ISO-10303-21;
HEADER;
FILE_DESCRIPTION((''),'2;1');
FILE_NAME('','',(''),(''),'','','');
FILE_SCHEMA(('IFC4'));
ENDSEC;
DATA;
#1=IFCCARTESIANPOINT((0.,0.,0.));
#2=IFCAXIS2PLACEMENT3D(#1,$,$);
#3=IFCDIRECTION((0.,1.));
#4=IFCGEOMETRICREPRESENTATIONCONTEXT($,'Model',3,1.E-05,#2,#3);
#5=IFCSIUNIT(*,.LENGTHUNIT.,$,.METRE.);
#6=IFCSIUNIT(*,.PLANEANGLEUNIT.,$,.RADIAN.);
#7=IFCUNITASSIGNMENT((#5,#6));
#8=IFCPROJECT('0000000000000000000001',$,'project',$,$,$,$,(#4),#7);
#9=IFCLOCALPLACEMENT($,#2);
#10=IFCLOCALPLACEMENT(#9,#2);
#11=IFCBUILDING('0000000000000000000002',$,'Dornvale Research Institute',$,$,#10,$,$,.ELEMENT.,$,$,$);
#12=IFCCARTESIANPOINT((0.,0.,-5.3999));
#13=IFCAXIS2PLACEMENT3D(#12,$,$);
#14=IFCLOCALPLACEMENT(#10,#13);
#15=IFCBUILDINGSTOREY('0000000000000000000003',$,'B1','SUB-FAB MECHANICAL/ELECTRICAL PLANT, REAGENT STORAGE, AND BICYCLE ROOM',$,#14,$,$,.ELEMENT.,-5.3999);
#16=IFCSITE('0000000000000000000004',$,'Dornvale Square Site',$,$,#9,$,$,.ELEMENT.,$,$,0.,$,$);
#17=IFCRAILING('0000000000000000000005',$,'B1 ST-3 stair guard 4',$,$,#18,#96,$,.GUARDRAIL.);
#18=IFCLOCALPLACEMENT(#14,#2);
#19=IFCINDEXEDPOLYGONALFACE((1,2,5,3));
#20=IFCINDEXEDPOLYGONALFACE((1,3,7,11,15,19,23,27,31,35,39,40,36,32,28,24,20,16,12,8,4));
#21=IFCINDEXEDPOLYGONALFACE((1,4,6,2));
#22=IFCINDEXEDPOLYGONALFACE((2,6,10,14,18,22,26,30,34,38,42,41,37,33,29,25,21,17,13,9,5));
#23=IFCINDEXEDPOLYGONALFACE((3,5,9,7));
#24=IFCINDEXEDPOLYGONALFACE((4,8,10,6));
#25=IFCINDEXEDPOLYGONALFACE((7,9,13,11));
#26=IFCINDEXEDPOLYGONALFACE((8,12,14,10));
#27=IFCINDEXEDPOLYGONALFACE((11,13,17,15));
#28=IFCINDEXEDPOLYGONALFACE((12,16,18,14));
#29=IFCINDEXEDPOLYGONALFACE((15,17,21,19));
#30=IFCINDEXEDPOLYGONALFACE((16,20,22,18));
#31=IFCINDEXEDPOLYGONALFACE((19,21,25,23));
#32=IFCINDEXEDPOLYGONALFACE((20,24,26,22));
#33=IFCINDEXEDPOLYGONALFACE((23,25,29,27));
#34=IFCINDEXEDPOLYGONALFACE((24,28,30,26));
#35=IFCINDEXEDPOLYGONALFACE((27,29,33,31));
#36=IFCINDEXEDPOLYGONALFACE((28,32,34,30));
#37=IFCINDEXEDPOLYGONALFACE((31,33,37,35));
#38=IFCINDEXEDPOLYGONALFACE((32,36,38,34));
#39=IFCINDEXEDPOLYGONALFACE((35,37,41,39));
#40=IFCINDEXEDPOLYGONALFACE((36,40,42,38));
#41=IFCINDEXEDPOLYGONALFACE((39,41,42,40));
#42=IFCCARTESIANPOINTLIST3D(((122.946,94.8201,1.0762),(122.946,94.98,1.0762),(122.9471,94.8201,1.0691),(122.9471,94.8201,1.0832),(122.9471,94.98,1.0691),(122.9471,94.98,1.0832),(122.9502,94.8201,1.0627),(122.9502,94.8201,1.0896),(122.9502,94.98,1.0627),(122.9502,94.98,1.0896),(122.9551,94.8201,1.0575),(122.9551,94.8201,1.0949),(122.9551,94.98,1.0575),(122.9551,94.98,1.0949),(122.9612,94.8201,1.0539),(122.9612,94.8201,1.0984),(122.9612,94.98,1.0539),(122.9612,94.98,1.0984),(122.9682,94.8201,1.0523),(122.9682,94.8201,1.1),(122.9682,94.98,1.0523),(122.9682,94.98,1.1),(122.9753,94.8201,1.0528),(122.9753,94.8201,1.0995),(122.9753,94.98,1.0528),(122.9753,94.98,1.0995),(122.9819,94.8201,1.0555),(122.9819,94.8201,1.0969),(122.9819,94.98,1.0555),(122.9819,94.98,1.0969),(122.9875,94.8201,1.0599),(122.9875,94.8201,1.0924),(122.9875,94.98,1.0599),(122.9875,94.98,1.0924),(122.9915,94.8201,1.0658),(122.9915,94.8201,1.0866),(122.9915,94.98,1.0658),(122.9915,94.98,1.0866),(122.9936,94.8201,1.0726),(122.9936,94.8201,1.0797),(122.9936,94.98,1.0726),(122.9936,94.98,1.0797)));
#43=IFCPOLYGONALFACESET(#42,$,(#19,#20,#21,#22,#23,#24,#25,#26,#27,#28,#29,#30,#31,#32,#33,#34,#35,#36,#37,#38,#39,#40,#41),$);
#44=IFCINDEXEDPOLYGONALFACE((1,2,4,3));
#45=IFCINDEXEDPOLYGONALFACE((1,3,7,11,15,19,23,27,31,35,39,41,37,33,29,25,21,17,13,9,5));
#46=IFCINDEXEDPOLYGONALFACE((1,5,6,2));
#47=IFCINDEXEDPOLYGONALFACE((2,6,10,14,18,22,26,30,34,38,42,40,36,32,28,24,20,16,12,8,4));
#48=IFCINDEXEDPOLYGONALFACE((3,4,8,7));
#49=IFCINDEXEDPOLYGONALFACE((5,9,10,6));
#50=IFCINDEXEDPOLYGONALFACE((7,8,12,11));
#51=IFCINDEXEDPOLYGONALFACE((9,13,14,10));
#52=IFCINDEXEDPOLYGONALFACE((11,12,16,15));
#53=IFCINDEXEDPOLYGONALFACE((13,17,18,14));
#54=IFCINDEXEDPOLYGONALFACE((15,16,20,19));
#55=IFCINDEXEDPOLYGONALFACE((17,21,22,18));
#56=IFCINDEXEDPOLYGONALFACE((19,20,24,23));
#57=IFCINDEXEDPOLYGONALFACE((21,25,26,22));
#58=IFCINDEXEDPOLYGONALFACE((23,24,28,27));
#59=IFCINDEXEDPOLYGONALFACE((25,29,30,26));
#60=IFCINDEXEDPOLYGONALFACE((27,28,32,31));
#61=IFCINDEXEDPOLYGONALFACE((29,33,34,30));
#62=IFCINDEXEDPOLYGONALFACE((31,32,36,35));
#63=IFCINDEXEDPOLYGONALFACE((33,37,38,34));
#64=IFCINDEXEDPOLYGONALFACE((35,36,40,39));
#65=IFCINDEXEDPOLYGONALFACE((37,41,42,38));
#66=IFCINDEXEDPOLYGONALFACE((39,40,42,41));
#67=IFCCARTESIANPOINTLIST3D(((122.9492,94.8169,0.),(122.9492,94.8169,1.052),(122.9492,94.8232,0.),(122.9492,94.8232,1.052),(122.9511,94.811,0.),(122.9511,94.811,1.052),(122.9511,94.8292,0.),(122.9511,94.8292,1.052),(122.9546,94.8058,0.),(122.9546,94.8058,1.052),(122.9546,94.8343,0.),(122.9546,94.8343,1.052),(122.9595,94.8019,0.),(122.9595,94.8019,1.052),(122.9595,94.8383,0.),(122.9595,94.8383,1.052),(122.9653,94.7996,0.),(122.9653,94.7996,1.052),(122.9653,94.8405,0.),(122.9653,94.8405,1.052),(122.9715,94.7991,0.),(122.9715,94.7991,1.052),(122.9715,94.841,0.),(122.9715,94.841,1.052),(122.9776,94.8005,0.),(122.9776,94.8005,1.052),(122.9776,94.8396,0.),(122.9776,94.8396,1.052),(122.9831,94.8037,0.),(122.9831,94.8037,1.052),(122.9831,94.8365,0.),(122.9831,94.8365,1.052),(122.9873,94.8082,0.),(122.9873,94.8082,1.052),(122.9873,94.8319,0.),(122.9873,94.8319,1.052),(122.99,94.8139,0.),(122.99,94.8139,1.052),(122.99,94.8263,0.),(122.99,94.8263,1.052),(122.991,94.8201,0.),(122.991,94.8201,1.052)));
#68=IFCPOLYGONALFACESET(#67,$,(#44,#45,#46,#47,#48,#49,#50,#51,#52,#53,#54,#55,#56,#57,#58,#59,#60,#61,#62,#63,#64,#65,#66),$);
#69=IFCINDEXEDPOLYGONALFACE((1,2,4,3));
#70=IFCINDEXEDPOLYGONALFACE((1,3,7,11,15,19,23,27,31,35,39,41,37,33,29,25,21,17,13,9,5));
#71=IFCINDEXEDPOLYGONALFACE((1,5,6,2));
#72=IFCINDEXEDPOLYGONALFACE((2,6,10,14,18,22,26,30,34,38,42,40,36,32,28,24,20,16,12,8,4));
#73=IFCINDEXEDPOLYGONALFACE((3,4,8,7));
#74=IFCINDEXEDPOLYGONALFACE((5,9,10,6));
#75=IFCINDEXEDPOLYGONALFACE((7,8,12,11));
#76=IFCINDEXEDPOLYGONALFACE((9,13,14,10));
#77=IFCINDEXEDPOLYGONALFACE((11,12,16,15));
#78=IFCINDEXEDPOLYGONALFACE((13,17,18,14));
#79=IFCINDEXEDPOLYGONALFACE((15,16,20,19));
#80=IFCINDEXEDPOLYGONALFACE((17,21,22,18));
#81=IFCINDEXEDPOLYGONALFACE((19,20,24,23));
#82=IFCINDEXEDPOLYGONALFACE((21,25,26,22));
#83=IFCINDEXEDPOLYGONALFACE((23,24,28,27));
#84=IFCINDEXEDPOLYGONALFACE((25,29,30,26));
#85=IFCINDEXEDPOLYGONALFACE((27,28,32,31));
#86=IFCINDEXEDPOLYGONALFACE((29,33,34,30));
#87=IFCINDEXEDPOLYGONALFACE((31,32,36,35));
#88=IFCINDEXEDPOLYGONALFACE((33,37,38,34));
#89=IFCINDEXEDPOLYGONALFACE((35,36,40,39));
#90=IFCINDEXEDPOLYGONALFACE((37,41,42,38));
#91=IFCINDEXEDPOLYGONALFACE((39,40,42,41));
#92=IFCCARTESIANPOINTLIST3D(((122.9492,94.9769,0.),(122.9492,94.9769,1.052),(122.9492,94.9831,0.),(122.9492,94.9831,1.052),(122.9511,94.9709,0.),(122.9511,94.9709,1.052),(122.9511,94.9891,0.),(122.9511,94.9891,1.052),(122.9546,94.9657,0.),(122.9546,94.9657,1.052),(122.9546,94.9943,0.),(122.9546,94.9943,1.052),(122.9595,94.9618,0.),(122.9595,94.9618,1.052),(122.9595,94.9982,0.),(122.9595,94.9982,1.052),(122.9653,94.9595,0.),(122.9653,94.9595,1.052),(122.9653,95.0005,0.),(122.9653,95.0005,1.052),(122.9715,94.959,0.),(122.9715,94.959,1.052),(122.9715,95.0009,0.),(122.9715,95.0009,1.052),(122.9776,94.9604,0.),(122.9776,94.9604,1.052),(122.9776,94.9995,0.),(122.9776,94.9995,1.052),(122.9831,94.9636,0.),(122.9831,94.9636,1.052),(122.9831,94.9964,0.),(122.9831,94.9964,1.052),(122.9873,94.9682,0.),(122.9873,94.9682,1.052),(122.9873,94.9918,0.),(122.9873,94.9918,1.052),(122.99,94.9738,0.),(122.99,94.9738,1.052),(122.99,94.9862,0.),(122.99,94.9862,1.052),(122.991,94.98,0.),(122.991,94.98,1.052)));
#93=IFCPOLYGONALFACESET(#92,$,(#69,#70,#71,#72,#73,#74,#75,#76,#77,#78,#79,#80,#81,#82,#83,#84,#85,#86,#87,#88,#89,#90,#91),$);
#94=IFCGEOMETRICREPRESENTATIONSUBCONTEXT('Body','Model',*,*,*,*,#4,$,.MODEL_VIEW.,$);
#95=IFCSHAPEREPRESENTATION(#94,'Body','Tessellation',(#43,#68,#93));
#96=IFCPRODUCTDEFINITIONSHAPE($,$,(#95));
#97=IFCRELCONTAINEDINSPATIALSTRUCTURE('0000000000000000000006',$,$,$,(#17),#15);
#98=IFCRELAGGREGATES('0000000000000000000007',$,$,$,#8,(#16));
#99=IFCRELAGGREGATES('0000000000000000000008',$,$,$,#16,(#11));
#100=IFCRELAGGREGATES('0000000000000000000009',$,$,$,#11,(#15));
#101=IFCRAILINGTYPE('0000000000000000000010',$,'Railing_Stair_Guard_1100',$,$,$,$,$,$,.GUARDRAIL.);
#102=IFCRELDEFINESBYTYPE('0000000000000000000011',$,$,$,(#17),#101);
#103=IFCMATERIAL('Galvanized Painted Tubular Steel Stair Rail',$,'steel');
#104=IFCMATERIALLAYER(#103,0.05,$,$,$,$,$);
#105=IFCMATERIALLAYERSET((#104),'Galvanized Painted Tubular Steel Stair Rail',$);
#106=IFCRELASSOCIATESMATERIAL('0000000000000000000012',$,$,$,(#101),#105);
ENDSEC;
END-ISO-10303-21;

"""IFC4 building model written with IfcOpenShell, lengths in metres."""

from ifc_helpers import new_model, si_unit, direction, frame, origin, origin_2d, place, context, subcontext, project, spatial, circle, extrude, material, layer, layer_set, type_object, element, save


model = new_model("IFC4")

# Units and contexts
model_context = context("Model", 3, precision=1e-05, world=origin(), true_north=direction((0.0, 1.0)))
body_context = subcontext(model_context, "Body", "Model", "MODEL_VIEW")
ifc_project = project(units=[si_unit("LENGTHUNIT", "METRE"), si_unit("PLANEANGLEUNIT", "RADIAN")], contexts=[model_context])

# Site, building, storey
site_placement = place(None, origin())
site = spatial("IfcSite", under=ifc_project, at=site_placement, Name="Dornvale Square Site", CompositionType="ELEMENT", RefElevation=0.0)
building_placement = place(site_placement, origin())
building = spatial("IfcBuilding", under=site, at=building_placement, Name="Dornvale Research Institute", CompositionType="ELEMENT")
storey_placement = place(building_placement, frame((0.0, 0.0, -5.3999)))
storey = spatial("IfcBuildingStorey", under=building, at=storey_placement, Name="B1", Description="SUB-FAB MECHANICAL/ELECTRICAL PLANT, REAGENT STORAGE, AND BICYCLE ROOM", CompositionType="ELEMENT", Elevation=-5.3999)

# Railing
ifc_material_1 = material(Name="Galvanized Painted Tubular Steel Stair Rail", Category="steel")
ifc_layer_1 = layer(ifc_material_1, 0.05)
ifc_layer_set_1 = layer_set([ifc_layer_1], Name="Galvanized Painted Tubular Steel Stair Rail")
railing_type_1 = type_object("IfcRailingType", Name="Railing_Stair_Guard_1100", PredefinedType="GUARDRAIL", material=ifc_layer_set_1)
railing_1_placement = place(storey_placement, frame((122.97, 94.8201, 0.0)))
element("IfcRailing", 1, at=railing_1_placement, inside=storey, type_object=railing_type_1, Name="B1 ST-3 stair guard 4", PredefinedType="GUARDRAIL", context=body_context, shape_type="SweptSolid", body=[
    extrude(circle(Radius=0.0239, at=origin_2d()), frame((0.0, 0.0, 1.0762), z_axis=(0.0, 1.0, 0.0), x_axis=(-1.0, 0.0, 0.0)), (0.0, 0.0, 1.0), 0.1599),
    extrude(circle(Radius=0.021, at=origin_2d()), origin(), (0.0, 0.0, 1.0), 1.052),
    extrude(circle(Radius=0.021, at=origin_2d()), frame((0.0, 0.1599, 0.0)), (0.0, 0.0, 1.0), 1.052),
])

save(model, "model.ifc")
